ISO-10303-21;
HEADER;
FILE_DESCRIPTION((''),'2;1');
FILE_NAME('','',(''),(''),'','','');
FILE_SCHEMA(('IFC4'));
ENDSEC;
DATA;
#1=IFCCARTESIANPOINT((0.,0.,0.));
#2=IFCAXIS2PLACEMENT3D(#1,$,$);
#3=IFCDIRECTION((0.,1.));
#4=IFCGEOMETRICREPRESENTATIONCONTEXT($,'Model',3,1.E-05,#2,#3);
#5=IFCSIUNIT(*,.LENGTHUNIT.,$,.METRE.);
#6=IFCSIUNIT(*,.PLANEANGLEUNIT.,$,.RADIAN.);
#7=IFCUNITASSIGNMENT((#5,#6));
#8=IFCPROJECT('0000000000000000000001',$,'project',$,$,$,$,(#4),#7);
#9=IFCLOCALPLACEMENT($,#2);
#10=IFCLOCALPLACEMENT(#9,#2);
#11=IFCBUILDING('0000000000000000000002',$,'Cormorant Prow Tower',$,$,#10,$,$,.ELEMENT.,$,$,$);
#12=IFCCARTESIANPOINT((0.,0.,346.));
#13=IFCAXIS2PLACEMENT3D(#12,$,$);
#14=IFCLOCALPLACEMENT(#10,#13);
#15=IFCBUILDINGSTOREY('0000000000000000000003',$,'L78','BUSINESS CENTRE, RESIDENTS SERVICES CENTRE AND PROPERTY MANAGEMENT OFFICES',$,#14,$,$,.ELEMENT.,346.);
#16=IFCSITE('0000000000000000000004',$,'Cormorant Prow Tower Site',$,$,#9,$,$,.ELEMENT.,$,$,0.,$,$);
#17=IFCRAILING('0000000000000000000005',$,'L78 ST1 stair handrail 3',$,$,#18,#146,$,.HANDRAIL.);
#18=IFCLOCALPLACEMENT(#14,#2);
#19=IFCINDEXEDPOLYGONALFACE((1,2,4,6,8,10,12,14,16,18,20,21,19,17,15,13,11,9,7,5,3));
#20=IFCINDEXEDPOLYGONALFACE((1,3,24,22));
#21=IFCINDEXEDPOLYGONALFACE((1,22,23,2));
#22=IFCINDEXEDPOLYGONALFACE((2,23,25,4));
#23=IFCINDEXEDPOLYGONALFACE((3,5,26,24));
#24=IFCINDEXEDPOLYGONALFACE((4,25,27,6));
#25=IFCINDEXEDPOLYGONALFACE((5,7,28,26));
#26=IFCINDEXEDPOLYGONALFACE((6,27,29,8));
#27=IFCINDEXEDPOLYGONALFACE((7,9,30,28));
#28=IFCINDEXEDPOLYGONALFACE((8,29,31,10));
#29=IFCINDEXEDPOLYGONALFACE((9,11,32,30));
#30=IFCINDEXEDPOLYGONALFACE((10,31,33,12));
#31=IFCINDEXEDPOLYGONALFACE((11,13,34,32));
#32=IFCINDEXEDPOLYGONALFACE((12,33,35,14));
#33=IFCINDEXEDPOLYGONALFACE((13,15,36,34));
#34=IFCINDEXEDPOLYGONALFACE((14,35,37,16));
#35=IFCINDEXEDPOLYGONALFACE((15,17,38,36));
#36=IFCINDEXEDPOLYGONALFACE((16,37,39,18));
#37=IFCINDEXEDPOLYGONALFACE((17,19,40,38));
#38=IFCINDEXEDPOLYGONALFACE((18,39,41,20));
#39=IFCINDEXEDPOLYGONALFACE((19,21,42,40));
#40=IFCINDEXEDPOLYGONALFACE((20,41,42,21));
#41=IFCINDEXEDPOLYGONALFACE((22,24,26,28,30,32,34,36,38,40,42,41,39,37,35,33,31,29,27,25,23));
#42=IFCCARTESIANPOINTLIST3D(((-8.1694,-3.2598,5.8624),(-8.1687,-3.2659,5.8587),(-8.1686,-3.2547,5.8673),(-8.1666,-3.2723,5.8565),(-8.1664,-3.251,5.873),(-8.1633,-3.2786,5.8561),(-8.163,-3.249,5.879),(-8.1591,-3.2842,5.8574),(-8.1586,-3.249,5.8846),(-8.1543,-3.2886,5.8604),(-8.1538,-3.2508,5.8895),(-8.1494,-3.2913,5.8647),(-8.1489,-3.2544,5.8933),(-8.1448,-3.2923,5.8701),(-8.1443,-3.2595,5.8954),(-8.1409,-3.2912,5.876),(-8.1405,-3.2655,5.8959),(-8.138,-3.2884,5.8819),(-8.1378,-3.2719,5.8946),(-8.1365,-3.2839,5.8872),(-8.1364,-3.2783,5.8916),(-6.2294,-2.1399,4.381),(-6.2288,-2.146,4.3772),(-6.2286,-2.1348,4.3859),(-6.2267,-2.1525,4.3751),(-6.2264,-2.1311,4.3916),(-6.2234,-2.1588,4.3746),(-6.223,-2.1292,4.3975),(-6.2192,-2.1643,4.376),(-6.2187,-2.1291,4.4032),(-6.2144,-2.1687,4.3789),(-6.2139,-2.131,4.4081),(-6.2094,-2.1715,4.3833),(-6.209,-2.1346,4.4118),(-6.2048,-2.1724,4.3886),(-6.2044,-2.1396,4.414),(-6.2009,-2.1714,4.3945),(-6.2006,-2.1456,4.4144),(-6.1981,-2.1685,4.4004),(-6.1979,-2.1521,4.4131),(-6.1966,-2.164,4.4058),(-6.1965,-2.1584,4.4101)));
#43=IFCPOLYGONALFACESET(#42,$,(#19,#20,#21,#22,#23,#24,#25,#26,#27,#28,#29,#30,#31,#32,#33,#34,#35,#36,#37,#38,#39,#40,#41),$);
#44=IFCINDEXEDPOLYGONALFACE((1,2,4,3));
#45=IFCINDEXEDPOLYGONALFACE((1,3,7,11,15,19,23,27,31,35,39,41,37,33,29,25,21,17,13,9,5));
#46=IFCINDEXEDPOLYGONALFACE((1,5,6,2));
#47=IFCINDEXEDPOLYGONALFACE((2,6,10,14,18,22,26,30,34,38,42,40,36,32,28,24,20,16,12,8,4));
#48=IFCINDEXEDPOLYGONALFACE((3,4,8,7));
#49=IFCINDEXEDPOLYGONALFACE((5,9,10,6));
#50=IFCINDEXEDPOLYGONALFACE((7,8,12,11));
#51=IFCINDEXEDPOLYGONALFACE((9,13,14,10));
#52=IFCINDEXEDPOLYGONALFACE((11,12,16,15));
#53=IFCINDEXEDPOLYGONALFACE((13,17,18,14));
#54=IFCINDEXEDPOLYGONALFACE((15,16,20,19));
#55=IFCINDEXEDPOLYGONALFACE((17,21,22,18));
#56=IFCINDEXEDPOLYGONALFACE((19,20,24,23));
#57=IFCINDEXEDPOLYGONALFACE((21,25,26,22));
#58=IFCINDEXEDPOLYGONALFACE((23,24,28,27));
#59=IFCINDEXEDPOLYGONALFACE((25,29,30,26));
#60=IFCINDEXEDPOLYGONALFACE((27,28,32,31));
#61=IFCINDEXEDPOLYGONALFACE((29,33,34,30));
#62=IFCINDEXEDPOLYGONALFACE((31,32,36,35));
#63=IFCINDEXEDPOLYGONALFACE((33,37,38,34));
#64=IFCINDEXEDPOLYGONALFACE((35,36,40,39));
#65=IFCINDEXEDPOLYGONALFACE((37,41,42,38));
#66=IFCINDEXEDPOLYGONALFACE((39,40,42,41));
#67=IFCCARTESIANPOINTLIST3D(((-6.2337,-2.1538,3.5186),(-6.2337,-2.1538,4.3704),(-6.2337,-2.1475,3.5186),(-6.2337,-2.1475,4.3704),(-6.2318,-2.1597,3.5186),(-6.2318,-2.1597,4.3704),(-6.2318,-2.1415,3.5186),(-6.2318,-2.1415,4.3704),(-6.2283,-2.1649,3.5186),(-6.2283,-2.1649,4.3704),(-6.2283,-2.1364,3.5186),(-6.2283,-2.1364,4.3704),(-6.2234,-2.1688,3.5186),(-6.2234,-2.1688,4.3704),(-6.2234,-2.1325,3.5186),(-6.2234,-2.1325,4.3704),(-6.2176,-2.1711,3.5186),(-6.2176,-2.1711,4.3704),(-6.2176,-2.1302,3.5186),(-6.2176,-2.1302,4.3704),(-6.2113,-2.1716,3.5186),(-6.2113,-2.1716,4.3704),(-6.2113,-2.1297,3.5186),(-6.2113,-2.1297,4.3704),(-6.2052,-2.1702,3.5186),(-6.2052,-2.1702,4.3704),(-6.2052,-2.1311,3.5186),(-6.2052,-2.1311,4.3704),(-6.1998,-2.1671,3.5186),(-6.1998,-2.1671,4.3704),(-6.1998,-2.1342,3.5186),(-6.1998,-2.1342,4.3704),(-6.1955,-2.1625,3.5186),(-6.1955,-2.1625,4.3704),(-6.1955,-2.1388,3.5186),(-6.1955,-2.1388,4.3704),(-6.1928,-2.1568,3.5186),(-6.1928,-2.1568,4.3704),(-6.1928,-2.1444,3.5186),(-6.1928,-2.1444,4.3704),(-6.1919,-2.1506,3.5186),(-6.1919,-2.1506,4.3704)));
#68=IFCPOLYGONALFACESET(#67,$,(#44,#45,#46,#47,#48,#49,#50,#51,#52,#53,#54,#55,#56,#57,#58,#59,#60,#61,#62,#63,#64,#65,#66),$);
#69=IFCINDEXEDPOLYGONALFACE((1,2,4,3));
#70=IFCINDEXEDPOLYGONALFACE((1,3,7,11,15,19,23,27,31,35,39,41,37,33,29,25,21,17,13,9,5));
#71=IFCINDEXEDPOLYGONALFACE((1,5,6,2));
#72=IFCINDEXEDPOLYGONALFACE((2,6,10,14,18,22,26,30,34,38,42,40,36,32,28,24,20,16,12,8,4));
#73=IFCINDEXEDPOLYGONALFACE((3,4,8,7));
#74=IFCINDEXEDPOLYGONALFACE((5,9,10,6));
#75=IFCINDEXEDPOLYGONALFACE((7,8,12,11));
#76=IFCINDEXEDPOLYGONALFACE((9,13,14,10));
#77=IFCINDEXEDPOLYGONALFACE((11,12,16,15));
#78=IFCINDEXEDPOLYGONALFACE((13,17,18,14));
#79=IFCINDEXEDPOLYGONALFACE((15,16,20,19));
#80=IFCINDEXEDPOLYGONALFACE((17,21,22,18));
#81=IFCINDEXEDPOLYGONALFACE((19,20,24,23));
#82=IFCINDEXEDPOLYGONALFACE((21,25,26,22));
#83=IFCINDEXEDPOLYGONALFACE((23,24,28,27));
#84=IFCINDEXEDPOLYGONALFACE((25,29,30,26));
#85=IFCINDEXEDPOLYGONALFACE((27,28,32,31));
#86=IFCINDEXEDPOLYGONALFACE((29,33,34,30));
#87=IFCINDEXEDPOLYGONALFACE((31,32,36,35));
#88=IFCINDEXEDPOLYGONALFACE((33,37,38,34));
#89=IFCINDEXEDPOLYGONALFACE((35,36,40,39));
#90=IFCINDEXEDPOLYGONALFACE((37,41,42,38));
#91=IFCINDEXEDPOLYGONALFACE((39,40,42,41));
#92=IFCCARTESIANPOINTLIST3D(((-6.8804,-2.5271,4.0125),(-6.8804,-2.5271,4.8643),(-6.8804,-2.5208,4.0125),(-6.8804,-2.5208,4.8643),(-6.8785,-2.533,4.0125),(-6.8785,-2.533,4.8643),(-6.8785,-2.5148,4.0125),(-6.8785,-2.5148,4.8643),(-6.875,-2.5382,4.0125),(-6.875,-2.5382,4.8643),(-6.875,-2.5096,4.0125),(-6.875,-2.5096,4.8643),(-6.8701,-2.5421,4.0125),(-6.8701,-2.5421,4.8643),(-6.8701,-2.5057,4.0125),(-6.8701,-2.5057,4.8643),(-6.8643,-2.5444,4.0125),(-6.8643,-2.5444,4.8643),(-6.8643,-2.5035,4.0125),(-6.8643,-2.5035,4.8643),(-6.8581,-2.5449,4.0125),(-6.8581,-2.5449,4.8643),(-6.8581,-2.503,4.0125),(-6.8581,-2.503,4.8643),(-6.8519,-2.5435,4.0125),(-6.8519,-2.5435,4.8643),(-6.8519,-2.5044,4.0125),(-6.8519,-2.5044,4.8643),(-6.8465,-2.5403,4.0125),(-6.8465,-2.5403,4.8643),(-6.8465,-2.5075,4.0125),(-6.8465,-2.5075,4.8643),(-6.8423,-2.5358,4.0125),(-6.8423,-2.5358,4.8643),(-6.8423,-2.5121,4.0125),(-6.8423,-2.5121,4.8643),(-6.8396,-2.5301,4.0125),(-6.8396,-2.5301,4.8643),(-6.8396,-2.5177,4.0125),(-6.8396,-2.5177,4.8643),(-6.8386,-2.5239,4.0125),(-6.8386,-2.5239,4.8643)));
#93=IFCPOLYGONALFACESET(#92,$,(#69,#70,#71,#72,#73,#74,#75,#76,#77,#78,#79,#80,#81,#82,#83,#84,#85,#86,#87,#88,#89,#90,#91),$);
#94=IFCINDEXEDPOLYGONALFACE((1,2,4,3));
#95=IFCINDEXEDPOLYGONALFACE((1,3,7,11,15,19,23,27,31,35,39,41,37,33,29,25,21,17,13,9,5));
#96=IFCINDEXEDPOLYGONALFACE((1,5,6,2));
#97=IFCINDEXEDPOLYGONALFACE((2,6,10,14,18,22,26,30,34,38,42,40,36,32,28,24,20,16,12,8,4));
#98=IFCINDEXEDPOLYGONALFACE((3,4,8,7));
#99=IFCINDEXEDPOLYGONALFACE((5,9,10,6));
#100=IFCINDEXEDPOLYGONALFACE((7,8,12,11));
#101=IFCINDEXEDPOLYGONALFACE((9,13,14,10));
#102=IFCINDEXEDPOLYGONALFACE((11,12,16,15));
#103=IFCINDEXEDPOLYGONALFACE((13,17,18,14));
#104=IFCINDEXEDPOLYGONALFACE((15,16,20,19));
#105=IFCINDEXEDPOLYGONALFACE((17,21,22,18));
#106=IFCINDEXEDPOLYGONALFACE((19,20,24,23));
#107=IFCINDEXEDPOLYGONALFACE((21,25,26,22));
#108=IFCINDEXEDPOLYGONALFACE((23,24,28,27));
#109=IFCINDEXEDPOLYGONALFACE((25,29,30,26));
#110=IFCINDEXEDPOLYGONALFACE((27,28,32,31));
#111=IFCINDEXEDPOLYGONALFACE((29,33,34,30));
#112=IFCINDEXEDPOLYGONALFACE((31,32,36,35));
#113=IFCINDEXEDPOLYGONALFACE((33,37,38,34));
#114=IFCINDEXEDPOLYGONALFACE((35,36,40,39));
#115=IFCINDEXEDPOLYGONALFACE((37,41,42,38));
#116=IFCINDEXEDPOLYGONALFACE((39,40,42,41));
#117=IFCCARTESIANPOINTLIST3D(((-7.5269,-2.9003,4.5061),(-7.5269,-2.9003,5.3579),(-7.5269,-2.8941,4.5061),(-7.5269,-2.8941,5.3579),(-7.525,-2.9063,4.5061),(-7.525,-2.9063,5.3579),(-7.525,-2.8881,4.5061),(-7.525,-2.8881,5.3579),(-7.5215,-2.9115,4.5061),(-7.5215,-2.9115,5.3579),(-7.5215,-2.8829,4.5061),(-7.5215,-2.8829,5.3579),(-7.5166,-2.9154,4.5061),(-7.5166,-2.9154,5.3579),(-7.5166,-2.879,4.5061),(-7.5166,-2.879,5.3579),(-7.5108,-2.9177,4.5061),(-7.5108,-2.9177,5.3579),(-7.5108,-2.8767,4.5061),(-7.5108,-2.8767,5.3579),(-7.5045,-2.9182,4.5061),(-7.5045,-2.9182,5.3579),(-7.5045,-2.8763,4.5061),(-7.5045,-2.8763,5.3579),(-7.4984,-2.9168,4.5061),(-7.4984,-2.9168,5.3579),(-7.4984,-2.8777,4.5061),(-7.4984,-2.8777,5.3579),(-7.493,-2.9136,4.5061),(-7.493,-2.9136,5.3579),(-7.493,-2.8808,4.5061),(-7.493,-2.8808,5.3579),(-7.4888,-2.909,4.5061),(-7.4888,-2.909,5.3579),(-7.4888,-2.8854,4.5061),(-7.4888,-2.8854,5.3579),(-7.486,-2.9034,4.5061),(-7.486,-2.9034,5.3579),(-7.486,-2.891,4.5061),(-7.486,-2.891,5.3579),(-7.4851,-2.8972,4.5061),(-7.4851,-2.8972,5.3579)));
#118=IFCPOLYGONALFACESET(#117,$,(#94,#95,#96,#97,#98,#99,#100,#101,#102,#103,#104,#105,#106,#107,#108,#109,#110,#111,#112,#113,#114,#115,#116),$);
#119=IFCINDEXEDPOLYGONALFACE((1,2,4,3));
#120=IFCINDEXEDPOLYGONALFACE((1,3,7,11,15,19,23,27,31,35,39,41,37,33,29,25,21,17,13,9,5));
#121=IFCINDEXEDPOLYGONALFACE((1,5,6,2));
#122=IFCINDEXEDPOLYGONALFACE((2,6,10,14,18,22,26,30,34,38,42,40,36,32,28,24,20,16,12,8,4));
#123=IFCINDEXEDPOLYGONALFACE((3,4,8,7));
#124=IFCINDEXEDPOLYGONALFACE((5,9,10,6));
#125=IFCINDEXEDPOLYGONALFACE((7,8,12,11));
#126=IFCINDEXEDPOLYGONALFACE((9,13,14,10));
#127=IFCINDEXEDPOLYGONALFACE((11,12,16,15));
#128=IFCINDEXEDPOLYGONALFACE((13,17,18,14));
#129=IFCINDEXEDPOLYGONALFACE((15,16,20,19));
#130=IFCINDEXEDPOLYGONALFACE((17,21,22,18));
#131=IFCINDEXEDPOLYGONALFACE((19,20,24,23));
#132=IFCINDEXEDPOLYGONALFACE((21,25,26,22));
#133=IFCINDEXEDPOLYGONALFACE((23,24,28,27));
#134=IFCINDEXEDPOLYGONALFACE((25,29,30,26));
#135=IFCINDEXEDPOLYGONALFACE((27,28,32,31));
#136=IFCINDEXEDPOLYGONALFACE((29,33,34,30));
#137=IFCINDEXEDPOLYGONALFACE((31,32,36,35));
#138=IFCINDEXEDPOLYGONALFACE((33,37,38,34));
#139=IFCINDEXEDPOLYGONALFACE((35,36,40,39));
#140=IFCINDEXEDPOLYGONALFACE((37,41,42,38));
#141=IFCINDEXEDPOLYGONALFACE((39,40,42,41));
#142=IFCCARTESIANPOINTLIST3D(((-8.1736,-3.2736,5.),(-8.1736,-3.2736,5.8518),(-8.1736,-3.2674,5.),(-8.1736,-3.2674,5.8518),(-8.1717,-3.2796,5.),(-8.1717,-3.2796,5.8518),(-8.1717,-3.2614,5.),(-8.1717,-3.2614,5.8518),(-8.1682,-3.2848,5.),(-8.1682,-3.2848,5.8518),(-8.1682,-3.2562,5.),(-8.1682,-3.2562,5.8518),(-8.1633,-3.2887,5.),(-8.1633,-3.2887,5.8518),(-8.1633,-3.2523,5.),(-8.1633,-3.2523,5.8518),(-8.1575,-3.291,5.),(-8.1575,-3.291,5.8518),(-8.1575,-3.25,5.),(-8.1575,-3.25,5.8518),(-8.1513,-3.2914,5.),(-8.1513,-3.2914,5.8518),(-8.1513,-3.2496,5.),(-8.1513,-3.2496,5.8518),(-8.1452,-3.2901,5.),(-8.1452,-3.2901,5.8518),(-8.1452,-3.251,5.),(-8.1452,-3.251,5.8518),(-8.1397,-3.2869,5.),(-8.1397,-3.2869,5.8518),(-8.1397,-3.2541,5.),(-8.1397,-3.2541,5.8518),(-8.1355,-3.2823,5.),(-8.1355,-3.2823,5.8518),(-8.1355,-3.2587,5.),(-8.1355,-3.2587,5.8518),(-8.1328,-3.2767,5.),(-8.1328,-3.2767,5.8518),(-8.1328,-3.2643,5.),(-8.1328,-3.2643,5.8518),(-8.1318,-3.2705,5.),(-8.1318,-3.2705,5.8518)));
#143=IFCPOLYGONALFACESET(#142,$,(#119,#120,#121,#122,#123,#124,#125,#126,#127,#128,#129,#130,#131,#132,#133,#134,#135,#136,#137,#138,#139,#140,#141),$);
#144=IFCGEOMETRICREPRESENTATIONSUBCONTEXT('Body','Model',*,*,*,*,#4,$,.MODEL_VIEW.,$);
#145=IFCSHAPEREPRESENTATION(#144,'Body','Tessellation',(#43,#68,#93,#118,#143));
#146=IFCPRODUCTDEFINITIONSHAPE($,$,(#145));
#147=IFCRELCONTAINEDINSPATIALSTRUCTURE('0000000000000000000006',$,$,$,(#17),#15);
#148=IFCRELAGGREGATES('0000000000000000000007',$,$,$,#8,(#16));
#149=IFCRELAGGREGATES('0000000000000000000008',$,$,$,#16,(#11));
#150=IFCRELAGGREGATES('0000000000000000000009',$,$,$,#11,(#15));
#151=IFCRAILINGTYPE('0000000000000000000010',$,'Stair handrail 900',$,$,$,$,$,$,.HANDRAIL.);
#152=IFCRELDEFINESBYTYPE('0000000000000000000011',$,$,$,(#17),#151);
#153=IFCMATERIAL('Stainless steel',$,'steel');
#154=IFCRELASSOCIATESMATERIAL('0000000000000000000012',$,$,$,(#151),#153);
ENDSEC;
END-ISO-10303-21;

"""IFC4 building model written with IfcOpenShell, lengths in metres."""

from ifc_helpers import new_model, si_unit, direction, frame, origin, origin_2d, place, context, subcontext, project, spatial, circle, extrude, material, type_object, element, save


model = new_model("IFC4")

# Units and contexts
model_context = context("Model", 3, precision=1e-05, world=origin(), true_north=direction((0.0, 1.0)))
body_context = subcontext(model_context, "Body", "Model", "MODEL_VIEW")
ifc_project = project(units=[si_unit("LENGTHUNIT", "METRE"), si_unit("PLANEANGLEUNIT", "RADIAN")], contexts=[model_context])

# Site, building, storey
site_placement = place(None, origin())
site = spatial("IfcSite", under=ifc_project, at=site_placement, Name="Cormorant Prow Tower Site", CompositionType="ELEMENT", RefElevation=0.0)
building_placement = place(site_placement, origin())
building = spatial("IfcBuilding", under=site, at=building_placement, Name="Cormorant Prow Tower", CompositionType="ELEMENT")
storey_placement = place(building_placement, frame((0.0, 0.0, 346.0)))
storey = spatial("IfcBuildingStorey", under=building, at=storey_placement, Name="L78", Description="BUSINESS CENTRE, RESIDENTS SERVICES CENTRE AND PROPERTY MANAGEMENT OFFICES", CompositionType="ELEMENT", Elevation=346.0)

# Railing
ifc_material_1 = material(Name="Stainless steel", Category="steel")
railing_type = type_object("IfcRailingType", Name="Stair handrail 900", PredefinedType="HANDRAIL", material=ifc_material_1)
for number, where, name in (
    (1, (-6.2129, -2.1506, 3.5186), "L78 ST1 stair handrail 3"),
):
    element("IfcRailing", number, at=place(storey_placement, frame(where)), inside=storey, type_object=railing_type, Name=name, PredefinedType="HANDRAIL", context=body_context, shape_type="SweptSolid", body=[
        extrude(circle(Radius=0.0239, at=origin_2d()), frame((0.0, 0.0, 0.876), z_axis=(-0.722363, -0.417, 0.551636), x_axis=(0.499949, -0.866055, 0.0)), (0.0, 0.0, 1.0), 2.6855),
        extrude(circle(Radius=0.021, at=origin_2d()), origin(), (0.0, 0.0, 1.0), 0.8518),
        extrude(circle(Radius=0.021, at=origin_2d()), frame((-0.6467, -0.3733, 0.4939)), (0.0, 0.0, 1.0), 0.8518),
        extrude(circle(Radius=0.021, at=origin_2d()), frame((-1.2932, -0.7466, 0.9875)), (0.0, 0.0, 1.0), 0.8518),
        extrude(circle(Radius=0.021, at=origin_2d()), frame((-1.9399, -1.1199, 1.4814)), (0.0, 0.0, 1.0), 0.8518),
    ])

save(model, "model.ifc")
